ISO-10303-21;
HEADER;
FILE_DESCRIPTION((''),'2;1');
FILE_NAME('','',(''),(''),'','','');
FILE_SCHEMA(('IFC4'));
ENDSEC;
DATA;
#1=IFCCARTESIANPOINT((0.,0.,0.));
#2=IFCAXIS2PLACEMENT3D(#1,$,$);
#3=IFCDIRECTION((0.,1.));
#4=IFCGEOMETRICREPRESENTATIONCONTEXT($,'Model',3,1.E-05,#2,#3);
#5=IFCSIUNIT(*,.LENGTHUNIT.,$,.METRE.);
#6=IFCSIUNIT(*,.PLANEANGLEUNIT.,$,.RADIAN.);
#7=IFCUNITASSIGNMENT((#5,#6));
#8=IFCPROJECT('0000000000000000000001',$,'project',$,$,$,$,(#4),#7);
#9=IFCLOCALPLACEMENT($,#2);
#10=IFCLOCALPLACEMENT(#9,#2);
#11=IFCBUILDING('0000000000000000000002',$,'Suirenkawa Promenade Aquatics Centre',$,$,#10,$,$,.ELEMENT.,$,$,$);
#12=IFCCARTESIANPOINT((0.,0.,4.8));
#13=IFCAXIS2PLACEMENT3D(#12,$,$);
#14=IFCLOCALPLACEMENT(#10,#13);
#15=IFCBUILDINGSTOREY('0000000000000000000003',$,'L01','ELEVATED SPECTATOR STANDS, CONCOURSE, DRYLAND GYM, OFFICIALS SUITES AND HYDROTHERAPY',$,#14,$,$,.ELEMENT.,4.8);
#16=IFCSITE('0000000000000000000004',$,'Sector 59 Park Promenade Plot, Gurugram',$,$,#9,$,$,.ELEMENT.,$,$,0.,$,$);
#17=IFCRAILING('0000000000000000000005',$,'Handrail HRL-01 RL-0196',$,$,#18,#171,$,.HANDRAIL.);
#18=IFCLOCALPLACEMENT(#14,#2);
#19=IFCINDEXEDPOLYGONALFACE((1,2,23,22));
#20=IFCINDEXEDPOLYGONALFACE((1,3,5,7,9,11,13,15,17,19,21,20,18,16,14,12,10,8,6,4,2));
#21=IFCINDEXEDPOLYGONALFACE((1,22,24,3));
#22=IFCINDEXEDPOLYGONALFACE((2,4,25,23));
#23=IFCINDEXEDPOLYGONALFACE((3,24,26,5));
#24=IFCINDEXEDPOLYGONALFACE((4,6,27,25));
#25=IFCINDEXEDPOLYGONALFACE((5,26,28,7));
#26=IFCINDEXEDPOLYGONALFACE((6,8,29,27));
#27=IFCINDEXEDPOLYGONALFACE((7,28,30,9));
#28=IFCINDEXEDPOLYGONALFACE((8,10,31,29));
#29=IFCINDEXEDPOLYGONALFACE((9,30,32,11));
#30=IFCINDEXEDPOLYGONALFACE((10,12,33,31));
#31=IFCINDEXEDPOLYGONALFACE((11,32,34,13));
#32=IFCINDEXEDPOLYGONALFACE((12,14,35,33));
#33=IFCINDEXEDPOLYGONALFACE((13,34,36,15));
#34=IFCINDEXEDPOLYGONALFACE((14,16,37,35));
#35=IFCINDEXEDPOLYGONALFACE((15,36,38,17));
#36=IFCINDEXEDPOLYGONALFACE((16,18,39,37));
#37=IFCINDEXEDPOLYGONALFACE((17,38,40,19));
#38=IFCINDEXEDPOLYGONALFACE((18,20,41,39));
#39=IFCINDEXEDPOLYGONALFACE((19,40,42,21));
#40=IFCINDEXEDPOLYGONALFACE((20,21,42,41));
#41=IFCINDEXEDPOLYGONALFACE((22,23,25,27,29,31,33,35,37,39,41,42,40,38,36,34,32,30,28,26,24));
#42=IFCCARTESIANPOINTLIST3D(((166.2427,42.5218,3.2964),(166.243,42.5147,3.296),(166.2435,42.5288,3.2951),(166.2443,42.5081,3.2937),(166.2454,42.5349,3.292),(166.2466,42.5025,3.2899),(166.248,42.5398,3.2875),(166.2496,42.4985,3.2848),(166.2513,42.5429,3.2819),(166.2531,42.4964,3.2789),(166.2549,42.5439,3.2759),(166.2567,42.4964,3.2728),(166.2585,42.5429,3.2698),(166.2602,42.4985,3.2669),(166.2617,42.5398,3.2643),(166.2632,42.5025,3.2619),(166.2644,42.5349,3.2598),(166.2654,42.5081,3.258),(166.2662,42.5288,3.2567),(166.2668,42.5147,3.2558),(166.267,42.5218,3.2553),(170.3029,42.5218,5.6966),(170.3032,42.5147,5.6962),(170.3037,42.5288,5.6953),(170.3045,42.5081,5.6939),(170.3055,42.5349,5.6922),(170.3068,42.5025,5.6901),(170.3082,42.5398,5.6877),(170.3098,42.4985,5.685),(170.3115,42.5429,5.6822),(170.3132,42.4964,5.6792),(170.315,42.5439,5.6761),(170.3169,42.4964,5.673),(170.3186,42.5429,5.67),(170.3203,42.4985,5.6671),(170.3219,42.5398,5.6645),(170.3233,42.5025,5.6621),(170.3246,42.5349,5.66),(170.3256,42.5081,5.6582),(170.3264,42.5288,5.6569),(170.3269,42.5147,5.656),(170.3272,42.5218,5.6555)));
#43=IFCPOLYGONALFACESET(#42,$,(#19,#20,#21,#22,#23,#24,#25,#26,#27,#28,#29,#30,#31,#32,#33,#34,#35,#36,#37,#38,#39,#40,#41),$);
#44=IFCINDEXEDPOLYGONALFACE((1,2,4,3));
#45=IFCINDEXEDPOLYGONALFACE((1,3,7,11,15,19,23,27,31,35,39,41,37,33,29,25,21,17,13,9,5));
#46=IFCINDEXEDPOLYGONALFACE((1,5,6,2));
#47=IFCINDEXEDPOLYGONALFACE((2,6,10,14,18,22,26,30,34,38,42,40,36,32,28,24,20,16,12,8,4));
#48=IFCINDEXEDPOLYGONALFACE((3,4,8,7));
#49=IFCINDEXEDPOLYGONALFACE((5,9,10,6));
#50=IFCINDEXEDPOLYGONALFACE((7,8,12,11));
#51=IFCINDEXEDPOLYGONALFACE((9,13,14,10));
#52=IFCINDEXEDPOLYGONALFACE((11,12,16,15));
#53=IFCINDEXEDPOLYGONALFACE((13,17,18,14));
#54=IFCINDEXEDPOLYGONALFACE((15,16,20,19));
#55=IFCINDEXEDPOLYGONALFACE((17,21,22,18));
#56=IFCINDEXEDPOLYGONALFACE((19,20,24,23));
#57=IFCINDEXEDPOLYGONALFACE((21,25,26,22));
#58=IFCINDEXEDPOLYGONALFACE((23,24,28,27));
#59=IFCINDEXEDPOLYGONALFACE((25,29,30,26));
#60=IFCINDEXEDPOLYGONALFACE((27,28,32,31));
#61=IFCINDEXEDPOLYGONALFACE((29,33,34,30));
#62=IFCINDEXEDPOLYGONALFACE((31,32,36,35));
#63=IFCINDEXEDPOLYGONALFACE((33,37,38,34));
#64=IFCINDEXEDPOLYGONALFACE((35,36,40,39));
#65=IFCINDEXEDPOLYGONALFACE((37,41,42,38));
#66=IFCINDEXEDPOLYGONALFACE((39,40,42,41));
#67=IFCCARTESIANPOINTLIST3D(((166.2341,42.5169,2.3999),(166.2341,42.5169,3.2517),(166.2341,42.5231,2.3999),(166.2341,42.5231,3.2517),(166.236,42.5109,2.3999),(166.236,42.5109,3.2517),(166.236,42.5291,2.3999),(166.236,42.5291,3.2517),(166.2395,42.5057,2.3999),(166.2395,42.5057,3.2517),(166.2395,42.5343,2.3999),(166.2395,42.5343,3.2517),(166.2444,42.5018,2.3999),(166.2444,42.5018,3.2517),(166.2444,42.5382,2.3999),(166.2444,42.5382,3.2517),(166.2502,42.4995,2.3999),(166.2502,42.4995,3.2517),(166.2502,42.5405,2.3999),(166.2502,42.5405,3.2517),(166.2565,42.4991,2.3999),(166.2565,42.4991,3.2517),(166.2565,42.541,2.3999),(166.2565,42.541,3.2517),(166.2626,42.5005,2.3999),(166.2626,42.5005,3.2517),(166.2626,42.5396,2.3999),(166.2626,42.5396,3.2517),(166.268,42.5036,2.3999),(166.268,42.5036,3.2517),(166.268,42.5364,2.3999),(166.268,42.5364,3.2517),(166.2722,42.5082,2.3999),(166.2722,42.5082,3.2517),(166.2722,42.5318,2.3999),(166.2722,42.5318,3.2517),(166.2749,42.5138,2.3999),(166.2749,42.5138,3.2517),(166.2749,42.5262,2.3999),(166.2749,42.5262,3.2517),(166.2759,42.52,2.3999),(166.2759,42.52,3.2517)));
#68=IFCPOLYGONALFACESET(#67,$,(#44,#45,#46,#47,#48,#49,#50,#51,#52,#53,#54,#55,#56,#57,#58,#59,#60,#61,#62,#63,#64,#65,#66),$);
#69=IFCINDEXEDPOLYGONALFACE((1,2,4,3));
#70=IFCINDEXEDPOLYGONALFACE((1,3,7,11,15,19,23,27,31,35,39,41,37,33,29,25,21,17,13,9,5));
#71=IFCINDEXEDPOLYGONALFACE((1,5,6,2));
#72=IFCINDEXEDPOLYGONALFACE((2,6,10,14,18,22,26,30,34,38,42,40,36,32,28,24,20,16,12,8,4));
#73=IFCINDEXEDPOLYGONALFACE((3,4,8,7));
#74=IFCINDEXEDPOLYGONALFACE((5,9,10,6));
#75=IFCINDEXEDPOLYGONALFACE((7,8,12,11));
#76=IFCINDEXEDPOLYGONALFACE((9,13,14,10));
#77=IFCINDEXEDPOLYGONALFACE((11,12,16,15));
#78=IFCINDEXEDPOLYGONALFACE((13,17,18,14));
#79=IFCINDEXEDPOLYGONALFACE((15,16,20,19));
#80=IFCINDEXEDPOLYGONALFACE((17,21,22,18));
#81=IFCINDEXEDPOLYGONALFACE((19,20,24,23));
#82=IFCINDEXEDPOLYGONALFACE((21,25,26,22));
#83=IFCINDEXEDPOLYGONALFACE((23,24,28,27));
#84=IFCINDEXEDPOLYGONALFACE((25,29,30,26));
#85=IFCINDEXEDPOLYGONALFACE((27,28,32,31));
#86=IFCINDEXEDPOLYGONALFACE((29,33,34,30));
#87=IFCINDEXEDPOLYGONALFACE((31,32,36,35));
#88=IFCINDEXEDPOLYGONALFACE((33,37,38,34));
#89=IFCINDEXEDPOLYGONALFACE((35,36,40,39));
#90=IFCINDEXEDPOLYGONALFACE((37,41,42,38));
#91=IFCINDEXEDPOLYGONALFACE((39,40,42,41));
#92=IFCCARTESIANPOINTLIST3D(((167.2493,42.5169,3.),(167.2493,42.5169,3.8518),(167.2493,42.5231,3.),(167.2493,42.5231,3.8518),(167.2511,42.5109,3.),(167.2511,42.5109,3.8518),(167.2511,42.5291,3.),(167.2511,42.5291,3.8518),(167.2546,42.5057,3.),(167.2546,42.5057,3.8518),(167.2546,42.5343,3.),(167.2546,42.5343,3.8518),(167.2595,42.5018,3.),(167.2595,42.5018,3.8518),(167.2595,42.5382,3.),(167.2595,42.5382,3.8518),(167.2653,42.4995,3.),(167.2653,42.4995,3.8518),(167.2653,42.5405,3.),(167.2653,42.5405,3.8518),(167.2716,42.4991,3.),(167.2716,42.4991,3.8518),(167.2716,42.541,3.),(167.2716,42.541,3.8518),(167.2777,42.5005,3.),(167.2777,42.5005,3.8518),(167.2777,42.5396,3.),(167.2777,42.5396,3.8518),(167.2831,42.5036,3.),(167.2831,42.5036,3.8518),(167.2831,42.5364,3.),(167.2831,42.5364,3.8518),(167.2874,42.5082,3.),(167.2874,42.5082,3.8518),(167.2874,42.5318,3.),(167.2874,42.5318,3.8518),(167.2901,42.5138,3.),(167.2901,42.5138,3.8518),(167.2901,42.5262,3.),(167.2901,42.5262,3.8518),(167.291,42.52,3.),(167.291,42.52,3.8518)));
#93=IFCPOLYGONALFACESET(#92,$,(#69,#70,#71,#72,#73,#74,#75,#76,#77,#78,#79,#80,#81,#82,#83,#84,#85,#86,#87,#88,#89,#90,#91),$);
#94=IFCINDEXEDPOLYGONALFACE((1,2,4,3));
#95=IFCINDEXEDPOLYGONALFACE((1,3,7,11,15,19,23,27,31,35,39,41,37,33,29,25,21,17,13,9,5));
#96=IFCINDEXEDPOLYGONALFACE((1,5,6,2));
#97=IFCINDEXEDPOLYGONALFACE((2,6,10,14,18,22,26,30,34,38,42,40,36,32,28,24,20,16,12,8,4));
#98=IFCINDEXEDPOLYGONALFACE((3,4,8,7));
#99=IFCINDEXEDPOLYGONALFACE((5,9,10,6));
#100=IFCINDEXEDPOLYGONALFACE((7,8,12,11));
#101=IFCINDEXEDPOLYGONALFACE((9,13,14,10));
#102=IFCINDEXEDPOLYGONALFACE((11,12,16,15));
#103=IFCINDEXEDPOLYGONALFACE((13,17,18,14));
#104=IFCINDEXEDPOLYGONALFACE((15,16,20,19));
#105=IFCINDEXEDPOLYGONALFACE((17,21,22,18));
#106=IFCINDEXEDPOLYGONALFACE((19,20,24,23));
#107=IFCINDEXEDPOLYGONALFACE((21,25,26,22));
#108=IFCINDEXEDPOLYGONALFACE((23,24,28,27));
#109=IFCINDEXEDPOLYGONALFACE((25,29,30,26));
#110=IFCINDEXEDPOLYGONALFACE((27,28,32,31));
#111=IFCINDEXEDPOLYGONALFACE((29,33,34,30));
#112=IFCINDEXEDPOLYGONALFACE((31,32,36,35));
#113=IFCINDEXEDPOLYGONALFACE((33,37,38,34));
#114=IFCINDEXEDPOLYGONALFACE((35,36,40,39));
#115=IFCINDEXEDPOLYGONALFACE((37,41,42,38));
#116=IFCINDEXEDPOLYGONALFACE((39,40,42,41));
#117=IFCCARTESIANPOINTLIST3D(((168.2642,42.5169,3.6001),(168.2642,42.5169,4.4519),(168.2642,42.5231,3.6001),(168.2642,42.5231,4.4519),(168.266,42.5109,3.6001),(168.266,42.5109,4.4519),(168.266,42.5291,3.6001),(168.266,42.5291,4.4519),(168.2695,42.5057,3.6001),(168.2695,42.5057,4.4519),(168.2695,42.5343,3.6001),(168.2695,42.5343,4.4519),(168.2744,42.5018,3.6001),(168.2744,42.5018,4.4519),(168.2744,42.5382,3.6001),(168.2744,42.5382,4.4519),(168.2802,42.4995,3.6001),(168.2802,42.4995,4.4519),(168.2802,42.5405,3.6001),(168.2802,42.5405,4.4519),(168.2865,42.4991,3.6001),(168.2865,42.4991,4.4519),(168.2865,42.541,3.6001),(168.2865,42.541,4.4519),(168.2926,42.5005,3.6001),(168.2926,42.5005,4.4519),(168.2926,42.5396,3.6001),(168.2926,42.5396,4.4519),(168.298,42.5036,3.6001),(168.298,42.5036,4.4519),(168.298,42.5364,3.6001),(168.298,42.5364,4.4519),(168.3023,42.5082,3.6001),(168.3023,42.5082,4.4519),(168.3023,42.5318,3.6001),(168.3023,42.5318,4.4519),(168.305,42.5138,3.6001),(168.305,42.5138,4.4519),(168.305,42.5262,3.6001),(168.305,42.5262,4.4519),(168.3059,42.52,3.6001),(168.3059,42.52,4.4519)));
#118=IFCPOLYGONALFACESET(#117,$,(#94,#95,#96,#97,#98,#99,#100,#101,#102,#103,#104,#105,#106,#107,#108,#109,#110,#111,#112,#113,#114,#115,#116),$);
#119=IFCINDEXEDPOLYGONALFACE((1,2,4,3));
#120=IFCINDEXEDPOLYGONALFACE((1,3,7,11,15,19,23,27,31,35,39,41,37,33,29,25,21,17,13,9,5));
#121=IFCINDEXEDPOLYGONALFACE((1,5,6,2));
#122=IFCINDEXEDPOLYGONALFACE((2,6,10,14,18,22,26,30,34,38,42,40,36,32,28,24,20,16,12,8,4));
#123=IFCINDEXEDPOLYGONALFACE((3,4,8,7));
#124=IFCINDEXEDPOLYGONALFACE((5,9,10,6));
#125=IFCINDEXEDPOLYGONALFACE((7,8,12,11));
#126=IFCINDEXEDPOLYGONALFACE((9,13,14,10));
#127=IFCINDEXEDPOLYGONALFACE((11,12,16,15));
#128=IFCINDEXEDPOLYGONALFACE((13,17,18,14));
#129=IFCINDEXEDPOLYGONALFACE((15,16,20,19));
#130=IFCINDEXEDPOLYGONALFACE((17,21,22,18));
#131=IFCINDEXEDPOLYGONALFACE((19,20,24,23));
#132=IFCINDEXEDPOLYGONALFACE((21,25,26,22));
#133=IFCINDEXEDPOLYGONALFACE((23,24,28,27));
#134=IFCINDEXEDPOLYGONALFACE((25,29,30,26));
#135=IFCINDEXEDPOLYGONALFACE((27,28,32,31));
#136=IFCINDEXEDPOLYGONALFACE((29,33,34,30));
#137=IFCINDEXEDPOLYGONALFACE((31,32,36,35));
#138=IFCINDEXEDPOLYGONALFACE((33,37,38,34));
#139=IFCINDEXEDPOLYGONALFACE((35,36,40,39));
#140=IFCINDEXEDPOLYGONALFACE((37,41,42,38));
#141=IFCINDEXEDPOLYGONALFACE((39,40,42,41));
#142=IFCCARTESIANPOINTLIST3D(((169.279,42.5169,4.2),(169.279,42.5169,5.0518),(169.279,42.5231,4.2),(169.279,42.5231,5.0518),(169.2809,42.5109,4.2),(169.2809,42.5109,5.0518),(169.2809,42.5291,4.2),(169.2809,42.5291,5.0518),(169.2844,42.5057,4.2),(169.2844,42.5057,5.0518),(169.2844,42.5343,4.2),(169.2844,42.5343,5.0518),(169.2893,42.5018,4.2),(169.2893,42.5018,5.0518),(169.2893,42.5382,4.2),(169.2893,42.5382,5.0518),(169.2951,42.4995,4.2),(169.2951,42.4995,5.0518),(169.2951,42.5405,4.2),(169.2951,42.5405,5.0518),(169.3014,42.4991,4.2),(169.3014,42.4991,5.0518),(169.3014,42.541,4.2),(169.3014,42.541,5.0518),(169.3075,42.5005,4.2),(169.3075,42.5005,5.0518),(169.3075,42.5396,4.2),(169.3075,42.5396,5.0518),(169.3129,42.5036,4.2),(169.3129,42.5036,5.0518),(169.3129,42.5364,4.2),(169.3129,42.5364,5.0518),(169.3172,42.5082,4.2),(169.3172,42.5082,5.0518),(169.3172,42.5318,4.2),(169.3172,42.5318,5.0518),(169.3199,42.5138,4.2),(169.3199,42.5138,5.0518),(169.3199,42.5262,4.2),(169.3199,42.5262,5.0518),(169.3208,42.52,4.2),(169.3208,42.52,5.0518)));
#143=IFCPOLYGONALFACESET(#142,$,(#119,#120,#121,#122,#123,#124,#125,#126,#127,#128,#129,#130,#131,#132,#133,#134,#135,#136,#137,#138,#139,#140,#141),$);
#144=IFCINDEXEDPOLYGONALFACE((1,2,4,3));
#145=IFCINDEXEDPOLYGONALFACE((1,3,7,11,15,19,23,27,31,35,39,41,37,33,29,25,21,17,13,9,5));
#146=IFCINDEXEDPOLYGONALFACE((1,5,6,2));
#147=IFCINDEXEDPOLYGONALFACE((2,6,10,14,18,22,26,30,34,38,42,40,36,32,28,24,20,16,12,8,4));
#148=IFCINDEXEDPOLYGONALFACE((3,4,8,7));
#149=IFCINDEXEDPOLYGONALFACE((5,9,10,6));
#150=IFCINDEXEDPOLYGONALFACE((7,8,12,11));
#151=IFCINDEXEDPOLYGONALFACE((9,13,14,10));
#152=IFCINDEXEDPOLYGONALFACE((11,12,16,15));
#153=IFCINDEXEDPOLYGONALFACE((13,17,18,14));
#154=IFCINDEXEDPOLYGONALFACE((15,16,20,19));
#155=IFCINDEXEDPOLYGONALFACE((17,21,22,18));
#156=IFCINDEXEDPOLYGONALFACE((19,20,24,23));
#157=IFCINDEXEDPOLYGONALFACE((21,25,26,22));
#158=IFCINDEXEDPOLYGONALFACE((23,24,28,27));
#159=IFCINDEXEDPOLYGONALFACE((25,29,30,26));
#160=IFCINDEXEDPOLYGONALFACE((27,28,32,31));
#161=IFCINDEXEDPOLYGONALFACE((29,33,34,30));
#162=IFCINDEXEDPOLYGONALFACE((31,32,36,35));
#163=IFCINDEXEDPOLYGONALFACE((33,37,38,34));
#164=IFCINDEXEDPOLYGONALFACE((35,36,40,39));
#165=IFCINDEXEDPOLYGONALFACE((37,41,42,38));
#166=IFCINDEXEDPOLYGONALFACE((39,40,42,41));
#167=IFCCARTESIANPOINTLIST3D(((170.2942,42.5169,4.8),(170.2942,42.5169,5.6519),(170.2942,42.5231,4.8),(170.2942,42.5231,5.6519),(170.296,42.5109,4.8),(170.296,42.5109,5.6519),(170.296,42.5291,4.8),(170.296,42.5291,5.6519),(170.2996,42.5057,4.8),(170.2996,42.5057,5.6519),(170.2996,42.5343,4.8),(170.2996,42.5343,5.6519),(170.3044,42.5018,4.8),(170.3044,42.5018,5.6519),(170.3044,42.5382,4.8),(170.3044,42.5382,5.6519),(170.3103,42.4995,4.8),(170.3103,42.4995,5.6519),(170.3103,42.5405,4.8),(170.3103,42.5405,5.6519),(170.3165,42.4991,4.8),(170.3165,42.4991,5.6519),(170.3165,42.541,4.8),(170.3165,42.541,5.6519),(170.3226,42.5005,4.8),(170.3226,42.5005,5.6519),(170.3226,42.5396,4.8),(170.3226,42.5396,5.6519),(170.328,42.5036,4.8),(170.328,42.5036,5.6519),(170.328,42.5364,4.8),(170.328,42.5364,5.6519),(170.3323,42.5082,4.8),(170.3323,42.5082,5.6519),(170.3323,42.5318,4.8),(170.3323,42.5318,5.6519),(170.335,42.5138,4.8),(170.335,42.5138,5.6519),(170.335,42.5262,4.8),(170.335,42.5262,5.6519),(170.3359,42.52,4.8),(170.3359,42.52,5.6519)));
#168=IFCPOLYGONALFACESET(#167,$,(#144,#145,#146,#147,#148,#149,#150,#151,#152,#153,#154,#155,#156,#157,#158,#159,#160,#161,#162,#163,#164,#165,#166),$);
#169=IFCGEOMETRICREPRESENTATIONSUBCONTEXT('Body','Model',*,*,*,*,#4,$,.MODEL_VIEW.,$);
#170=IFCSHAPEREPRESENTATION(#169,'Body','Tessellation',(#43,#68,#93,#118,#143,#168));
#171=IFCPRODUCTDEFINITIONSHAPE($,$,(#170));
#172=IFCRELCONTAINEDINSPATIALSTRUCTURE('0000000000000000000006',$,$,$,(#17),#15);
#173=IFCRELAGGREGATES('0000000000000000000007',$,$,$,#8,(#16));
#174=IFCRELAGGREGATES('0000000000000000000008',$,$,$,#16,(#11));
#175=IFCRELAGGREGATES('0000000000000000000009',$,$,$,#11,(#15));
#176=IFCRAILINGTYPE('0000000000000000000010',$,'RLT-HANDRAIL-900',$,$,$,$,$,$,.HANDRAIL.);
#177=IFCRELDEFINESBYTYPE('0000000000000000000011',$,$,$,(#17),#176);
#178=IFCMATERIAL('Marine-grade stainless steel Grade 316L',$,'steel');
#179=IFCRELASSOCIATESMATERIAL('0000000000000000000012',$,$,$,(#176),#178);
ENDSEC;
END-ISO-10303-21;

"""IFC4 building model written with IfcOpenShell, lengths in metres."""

from ifc_helpers import new_model, si_unit, direction, frame, origin, origin_2d, place, context, subcontext, project, spatial, circle, extrude, material, type_object, element, save


model = new_model("IFC4")

# Units and contexts
model_context = context("Model", 3, precision=1e-05, world=origin(), true_north=direction((0.0, 1.0)))
body_context = subcontext(model_context, "Body", "Model", "MODEL_VIEW")
ifc_project = project(units=[si_unit("LENGTHUNIT", "METRE"), si_unit("PLANEANGLEUNIT", "RADIAN")], contexts=[model_context])

# Site, building, storey
site_placement = place(None, origin())
site = spatial("IfcSite", under=ifc_project, at=site_placement, Name="Sector 59 Park Promenade Plot, Gurugram", CompositionType="ELEMENT", RefElevation=0.0)
building_placement = place(site_placement, origin())
building = spatial("IfcBuilding", under=site, at=building_placement, Name="Suirenkawa Promenade Aquatics Centre", CompositionType="ELEMENT")
storey_placement = place(building_placement, frame((0.0, 0.0, 4.8)))
storey = spatial("IfcBuildingStorey", under=building, at=storey_placement, Name="L01", Description="ELEVATED SPECTATOR STANDS, CONCOURSE, DRYLAND GYM, OFFICIALS SUITES AND HYDROTHERAPY", CompositionType="ELEMENT", Elevation=4.8)

# Railing
ifc_material_1 = material(Name="Marine-grade stainless steel Grade 316L", Category="steel")
railing_type_1 = type_object("IfcRailingType", Name="RLT-HANDRAIL-900", PredefinedType="HANDRAIL", material=ifc_material_1)
for number, where, name in (
    (1, (166.2549, 42.52, 2.3999), "Handrail HRL-01 RL-0196"),
):
    element("IfcRailing", number, at=place(storey_placement, frame(where)), inside=storey, type_object=railing_type_1, Name=name, PredefinedType="HANDRAIL", context=body_context, shape_type="SweptSolid", body=[
        extrude(circle(Radius=0.0239, at=origin_2d()), frame((0.0, 0.0, 0.876), z_axis=(0.860832, 0.0, 0.50889), x_axis=(0.0, 1.0, 0.0)), (0.0, 0.0, 1.0), 4.7166),
        extrude(circle(Radius=0.021, at=origin_2d()), origin(), (0.0, 0.0, 1.0), 0.8518),
        extrude(circle(Radius=0.021, at=origin_2d()), frame((1.0151, 0.0, 0.6001)), (0.0, 0.0, 1.0), 0.8518),
        extrude(circle(Radius=0.021, at=origin_2d()), frame((2.03, 0.0, 1.2002)), (0.0, 0.0, 1.0), 0.8518),
        extrude(circle(Radius=0.021, at=origin_2d()), frame((3.0449, 0.0, 1.8)), (0.0, 0.0, 1.0), 0.8518),
        extrude(circle(Radius=0.021, at=origin_2d()), frame((4.0601, 0.0, 2.4001)), (0.0, 0.0, 1.0), 0.8518),
    ])

save(model, "model.ifc")
